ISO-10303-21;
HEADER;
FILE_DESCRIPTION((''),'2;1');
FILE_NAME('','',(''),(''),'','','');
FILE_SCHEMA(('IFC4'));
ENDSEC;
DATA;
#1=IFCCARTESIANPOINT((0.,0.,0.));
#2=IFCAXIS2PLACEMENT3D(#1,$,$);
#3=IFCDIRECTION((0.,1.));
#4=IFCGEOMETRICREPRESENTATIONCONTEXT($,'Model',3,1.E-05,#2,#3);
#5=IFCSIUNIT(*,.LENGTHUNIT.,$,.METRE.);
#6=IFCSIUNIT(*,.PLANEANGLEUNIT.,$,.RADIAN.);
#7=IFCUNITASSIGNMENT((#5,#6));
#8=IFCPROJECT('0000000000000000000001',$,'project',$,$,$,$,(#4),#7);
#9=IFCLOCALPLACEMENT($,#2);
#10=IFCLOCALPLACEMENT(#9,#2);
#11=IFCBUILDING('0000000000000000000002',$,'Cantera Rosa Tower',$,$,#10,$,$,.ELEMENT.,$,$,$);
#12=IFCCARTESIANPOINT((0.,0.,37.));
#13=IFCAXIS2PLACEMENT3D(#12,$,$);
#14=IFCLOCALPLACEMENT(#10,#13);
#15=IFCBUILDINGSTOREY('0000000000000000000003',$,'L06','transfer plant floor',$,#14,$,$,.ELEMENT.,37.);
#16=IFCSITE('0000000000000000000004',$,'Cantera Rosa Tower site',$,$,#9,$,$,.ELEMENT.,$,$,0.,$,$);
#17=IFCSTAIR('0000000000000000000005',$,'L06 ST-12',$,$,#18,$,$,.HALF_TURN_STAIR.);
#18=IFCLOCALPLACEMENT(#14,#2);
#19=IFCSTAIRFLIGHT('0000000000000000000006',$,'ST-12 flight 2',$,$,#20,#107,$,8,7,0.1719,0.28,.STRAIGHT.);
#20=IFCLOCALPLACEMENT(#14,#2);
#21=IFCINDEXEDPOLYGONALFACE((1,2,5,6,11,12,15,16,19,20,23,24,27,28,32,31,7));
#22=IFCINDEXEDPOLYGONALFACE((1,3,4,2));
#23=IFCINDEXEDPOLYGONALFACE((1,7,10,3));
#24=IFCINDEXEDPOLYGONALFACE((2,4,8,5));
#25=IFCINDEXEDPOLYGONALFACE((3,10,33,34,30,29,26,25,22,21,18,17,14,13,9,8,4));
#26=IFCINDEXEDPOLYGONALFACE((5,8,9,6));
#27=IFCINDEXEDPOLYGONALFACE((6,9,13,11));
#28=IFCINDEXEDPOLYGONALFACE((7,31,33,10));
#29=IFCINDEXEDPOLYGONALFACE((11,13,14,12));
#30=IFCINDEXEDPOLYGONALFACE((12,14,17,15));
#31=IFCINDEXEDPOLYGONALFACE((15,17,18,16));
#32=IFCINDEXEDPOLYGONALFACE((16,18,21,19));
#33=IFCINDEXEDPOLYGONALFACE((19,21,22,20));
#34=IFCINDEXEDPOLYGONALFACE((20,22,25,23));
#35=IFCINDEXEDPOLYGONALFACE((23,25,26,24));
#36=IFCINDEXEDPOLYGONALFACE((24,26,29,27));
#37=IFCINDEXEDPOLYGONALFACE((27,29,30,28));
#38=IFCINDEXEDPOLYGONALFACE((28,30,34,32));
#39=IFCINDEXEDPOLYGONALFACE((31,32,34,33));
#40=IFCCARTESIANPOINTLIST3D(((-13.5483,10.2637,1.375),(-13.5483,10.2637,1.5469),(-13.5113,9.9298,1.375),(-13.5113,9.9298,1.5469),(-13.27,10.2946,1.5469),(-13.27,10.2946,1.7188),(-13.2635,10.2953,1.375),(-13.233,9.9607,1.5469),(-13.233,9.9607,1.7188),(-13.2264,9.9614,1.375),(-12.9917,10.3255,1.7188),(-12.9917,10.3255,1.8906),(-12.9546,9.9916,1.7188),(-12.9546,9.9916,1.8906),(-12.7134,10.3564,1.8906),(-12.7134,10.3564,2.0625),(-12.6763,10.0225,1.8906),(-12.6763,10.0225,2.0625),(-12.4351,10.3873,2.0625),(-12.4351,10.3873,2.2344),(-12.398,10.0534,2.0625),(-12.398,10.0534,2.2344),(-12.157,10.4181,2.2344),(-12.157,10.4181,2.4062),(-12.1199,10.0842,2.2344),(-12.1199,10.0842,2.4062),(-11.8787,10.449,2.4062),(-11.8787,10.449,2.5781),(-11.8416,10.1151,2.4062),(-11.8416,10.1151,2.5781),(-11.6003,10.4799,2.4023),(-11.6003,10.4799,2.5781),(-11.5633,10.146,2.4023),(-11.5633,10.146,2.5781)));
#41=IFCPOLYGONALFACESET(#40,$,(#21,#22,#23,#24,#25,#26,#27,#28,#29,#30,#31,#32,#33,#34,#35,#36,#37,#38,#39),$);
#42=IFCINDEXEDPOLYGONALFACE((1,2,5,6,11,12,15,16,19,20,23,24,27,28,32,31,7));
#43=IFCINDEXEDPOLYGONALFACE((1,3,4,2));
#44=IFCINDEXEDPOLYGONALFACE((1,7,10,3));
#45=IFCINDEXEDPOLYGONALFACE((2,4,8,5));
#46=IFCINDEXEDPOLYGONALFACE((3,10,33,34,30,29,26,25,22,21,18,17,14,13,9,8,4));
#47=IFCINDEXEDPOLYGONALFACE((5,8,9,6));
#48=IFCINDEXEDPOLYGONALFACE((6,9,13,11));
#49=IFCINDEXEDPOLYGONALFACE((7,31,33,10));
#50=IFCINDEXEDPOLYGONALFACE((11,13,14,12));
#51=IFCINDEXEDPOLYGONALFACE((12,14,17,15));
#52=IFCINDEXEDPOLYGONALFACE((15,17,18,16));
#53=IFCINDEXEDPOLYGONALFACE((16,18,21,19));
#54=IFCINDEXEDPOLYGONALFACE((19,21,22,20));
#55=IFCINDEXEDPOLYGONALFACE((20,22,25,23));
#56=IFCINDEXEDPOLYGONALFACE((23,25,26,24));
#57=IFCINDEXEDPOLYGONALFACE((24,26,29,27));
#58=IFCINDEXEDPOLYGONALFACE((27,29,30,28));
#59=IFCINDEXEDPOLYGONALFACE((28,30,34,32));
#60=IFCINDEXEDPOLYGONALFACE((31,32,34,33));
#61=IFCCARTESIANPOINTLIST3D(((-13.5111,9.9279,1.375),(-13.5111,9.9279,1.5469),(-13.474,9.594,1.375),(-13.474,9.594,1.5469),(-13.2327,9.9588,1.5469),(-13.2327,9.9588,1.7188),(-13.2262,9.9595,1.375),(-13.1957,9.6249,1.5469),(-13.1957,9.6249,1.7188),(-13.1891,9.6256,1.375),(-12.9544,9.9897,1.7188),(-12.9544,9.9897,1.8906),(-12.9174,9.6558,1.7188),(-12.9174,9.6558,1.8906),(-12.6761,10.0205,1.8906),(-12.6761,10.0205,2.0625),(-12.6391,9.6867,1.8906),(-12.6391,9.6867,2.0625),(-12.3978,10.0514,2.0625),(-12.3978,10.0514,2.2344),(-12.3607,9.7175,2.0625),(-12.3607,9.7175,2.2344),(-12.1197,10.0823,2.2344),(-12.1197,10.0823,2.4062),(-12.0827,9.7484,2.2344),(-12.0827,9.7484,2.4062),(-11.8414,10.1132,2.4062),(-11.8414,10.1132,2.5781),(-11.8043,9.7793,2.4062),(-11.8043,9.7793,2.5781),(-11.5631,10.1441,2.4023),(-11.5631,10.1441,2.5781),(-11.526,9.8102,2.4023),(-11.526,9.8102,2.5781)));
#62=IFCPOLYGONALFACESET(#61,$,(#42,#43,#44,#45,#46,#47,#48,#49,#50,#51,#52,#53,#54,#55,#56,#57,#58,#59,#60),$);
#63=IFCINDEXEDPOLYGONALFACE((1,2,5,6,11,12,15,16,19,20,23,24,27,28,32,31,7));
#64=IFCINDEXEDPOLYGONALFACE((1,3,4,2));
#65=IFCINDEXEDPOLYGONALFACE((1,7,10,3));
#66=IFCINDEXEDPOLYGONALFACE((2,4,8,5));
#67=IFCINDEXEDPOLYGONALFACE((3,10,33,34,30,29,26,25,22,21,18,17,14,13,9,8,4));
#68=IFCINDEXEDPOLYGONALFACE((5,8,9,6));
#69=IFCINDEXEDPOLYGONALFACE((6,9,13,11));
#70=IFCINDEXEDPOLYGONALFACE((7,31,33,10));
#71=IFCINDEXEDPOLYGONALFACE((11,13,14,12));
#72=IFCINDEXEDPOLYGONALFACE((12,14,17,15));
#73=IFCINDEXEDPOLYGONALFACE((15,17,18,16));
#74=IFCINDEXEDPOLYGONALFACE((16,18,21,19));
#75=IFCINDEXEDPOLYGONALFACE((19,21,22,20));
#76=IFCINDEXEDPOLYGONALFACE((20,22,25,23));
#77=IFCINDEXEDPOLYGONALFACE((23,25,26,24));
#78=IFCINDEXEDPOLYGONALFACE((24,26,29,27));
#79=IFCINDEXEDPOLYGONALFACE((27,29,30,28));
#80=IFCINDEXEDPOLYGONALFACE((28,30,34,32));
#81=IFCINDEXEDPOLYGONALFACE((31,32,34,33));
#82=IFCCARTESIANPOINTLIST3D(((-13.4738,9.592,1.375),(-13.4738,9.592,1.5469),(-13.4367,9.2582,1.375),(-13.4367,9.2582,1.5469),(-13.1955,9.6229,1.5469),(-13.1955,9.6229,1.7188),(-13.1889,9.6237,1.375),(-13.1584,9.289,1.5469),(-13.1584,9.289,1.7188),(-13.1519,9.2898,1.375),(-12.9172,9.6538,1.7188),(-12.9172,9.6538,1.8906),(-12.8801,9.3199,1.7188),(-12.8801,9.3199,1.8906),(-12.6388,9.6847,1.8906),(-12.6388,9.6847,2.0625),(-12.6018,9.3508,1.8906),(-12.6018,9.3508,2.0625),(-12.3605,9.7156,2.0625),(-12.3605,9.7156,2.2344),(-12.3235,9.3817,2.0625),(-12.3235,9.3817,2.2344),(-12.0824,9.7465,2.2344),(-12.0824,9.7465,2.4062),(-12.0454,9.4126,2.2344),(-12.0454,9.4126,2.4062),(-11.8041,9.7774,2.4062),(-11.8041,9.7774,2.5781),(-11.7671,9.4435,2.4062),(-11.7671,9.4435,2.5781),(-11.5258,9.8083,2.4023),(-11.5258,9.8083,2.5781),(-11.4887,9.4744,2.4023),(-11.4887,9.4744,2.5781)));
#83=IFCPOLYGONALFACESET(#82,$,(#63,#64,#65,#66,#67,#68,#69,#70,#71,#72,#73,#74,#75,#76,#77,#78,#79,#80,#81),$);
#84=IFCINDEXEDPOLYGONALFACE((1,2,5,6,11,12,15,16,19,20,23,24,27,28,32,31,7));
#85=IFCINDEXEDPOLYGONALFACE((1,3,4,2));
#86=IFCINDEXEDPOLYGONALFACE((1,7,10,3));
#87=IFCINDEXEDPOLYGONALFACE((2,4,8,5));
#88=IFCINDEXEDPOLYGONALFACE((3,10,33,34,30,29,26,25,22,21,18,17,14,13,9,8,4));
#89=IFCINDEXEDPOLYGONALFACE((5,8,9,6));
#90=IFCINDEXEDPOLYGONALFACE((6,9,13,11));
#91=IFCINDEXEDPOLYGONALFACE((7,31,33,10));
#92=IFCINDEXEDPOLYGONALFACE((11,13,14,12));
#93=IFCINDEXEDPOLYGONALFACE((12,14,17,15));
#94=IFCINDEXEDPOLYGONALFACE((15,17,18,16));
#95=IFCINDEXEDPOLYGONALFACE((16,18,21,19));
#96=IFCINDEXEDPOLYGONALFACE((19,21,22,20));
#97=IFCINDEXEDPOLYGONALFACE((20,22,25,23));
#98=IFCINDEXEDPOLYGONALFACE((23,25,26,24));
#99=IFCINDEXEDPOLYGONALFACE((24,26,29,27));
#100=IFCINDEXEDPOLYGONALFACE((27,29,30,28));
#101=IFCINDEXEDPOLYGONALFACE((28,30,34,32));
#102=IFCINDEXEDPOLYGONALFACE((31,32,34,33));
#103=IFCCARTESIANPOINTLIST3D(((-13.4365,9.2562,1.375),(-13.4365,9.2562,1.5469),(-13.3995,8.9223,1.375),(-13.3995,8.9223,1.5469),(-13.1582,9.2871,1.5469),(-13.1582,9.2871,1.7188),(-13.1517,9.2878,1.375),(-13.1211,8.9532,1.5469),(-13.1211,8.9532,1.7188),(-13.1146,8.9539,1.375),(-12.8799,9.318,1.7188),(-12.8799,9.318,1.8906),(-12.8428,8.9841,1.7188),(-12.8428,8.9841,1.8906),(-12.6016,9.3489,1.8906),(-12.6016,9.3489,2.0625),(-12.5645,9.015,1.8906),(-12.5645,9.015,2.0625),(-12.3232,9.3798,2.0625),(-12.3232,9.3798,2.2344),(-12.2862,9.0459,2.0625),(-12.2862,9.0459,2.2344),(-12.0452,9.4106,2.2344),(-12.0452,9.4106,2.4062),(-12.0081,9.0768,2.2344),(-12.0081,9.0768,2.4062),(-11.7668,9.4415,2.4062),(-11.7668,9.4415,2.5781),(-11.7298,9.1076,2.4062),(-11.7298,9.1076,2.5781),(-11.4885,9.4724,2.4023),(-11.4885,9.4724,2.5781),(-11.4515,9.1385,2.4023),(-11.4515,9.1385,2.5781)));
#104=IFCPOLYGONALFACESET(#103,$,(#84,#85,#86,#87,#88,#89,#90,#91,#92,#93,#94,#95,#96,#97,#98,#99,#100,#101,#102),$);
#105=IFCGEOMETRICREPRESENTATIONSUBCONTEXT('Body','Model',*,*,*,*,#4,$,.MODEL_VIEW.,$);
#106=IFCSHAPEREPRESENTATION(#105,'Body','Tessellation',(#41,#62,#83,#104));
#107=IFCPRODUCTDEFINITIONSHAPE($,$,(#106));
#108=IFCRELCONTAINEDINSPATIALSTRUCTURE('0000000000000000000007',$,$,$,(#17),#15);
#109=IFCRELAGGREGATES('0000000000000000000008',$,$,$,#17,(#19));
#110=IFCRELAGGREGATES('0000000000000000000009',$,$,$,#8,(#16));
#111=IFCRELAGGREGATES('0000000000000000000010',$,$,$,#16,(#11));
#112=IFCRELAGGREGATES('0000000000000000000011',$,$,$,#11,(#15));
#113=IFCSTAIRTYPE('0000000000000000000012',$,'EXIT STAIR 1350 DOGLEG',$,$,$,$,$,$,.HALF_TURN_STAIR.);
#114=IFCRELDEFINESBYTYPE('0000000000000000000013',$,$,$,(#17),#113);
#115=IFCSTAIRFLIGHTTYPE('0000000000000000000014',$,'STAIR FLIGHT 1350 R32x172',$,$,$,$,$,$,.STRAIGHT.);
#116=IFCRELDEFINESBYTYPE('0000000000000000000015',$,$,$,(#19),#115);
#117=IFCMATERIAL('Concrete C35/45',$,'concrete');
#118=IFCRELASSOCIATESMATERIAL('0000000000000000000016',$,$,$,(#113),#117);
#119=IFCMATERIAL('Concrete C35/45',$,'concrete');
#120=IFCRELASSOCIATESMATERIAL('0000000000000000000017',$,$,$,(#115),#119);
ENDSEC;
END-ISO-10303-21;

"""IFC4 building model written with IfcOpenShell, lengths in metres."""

from ifc_helpers import new_model, si_unit, direction, frame, origin, place, context, subcontext, project, spatial, polyline, outline, extrude, material, type_object, element, aggregate, save


model = new_model("IFC4")

# Units and contexts
model_context = context("Model", 3, precision=1e-05, world=origin(), true_north=direction((0.0, 1.0)))
body_context = subcontext(model_context, "Body", "Model", "MODEL_VIEW")
ifc_project = project(units=[si_unit("LENGTHUNIT", "METRE"), si_unit("PLANEANGLEUNIT", "RADIAN")], contexts=[model_context])

# Site, building, storey
site_placement = place(None, origin())
site = spatial("IfcSite", under=ifc_project, at=site_placement, Name="Cantera Rosa Tower site", CompositionType="ELEMENT", RefElevation=0.0)
building_placement = place(site_placement, origin())
building = spatial("IfcBuilding", under=site, at=building_placement, Name="Cantera Rosa Tower", CompositionType="ELEMENT")
storey_placement = place(building_placement, frame((0.0, 0.0, 37.0)))
storey = spatial("IfcBuildingStorey", under=building, at=storey_placement, Name="L06", Description="transfer plant floor", CompositionType="ELEMENT", Elevation=37.0)

# Stair, stair flight
ifc_material_1 = material(Name="Concrete C35/45", Category="concrete")
stair_type = type_object("IfcStairType", Name="EXIT STAIR 1350 DOGLEG", PredefinedType="HALF_TURN_STAIR", material=ifc_material_1)
stair_placement = place(storey_placement, origin())
stair = element("IfcStair", 1, at=stair_placement, inside=storey, type_object=stair_type, Name="L06 ST-12", PredefinedType="HALF_TURN_STAIR")
ifc_material_2 = material(Name="Concrete C35/45", Category="concrete")
stair_flight_type = type_object("IfcStairFlightType", Name="STAIR FLIGHT 1350 R32x172", PredefinedType="STRAIGHT", material=ifc_material_2)
stair_flight_1_placement = place(storey_placement, frame((-13.4739, 9.5928, 1.375), z_axis=(0.0, 0.0, 1.0), x_axis=(0.993897, 0.110313, 0.0)))
stair_flight_1 = element("IfcStairFlight", 2, at=stair_flight_1_placement, type_object=stair_flight_type, Name="ST-12 flight 2", NumberOfRisers=8, NumberOfTreads=7, PredefinedType="STRAIGHT", RiserHeight=0.1719, TreadLength=0.28, context=body_context, shape_type="SweptSolid", body=[
    extrude(outline(polyline([(0.0, 0.0), (0.0, 0.1719), (0.28, 0.1719), (0.28, 0.3438), (0.5601, 0.3438), (0.5601, 0.5156), (0.8401, 0.5156), (0.8401, 0.6875), (1.1201, 0.6875), (1.1201, 0.8594), (1.3999, 0.8594), (1.3999, 1.0312), (1.6799, 1.0312), (1.6799, 1.2031), (1.96, 1.2031), (1.96, 1.375), (1.96, 1.0273), (0.2866, 0.0), (0.0, 0.0)])), frame((0.0, 0.675, 0.0), z_axis=(0.0, -1.0, 0.0), x_axis=(1.0, 0.0, 0.0)), (0.0, 0.0, 1.0), 0.3359),
    extrude(outline(polyline([(0.0, 0.0), (0.0, 0.1719), (0.28, 0.1719), (0.28, 0.3438), (0.5601, 0.3438), (0.5601, 0.5156), (0.8401, 0.5156), (0.8401, 0.6875), (1.1201, 0.6875), (1.1201, 0.8594), (1.3999, 0.8594), (1.3999, 1.0312), (1.6799, 1.0312), (1.6799, 1.2031), (1.96, 1.2031), (1.96, 1.375), (1.96, 1.0273), (0.2866, 0.0), (0.0, 0.0)])), frame((0.0, 0.3372, 0.0), z_axis=(0.0, -1.0, 0.0), x_axis=(1.0, 0.0, 0.0)), (0.0, 0.0, 1.0), 0.3359),
    extrude(outline(polyline([(0.0, 0.0), (0.0, 0.1719), (0.28, 0.1719), (0.28, 0.3438), (0.5601, 0.3438), (0.5601, 0.5156), (0.8401, 0.5156), (0.8401, 0.6875), (1.1201, 0.6875), (1.1201, 0.8594), (1.3999, 0.8594), (1.3999, 1.0312), (1.6799, 1.0312), (1.6799, 1.2031), (1.96, 1.2031), (1.96, 1.375), (1.96, 1.0273), (0.2866, 0.0), (0.0, 0.0)])), frame((0.0, -0.0007, 0.0), z_axis=(0.0, -1.0, 0.0), x_axis=(1.0, 0.0, 0.0)), (0.0, 0.0, 1.0), 0.3359),
    extrude(outline(polyline([(0.0, 0.0), (0.0, 0.1719), (0.28, 0.1719), (0.28, 0.3438), (0.5601, 0.3438), (0.5601, 0.5156), (0.8401, 0.5156), (0.8401, 0.6875), (1.1201, 0.6875), (1.1201, 0.8594), (1.3999, 0.8594), (1.3999, 1.0312), (1.6799, 1.0312), (1.6799, 1.2031), (1.96, 1.2031), (1.96, 1.375), (1.96, 1.0273), (0.2866, 0.0), (0.0, 0.0)])), frame((0.0, -0.3386, 0.0), z_axis=(0.0, -1.0, 0.0), x_axis=(1.0, 0.0, 0.0)), (0.0, 0.0, 1.0), 0.3359),
])
aggregate(stair, [stair_flight_1])

save(model, "model.ifc")
